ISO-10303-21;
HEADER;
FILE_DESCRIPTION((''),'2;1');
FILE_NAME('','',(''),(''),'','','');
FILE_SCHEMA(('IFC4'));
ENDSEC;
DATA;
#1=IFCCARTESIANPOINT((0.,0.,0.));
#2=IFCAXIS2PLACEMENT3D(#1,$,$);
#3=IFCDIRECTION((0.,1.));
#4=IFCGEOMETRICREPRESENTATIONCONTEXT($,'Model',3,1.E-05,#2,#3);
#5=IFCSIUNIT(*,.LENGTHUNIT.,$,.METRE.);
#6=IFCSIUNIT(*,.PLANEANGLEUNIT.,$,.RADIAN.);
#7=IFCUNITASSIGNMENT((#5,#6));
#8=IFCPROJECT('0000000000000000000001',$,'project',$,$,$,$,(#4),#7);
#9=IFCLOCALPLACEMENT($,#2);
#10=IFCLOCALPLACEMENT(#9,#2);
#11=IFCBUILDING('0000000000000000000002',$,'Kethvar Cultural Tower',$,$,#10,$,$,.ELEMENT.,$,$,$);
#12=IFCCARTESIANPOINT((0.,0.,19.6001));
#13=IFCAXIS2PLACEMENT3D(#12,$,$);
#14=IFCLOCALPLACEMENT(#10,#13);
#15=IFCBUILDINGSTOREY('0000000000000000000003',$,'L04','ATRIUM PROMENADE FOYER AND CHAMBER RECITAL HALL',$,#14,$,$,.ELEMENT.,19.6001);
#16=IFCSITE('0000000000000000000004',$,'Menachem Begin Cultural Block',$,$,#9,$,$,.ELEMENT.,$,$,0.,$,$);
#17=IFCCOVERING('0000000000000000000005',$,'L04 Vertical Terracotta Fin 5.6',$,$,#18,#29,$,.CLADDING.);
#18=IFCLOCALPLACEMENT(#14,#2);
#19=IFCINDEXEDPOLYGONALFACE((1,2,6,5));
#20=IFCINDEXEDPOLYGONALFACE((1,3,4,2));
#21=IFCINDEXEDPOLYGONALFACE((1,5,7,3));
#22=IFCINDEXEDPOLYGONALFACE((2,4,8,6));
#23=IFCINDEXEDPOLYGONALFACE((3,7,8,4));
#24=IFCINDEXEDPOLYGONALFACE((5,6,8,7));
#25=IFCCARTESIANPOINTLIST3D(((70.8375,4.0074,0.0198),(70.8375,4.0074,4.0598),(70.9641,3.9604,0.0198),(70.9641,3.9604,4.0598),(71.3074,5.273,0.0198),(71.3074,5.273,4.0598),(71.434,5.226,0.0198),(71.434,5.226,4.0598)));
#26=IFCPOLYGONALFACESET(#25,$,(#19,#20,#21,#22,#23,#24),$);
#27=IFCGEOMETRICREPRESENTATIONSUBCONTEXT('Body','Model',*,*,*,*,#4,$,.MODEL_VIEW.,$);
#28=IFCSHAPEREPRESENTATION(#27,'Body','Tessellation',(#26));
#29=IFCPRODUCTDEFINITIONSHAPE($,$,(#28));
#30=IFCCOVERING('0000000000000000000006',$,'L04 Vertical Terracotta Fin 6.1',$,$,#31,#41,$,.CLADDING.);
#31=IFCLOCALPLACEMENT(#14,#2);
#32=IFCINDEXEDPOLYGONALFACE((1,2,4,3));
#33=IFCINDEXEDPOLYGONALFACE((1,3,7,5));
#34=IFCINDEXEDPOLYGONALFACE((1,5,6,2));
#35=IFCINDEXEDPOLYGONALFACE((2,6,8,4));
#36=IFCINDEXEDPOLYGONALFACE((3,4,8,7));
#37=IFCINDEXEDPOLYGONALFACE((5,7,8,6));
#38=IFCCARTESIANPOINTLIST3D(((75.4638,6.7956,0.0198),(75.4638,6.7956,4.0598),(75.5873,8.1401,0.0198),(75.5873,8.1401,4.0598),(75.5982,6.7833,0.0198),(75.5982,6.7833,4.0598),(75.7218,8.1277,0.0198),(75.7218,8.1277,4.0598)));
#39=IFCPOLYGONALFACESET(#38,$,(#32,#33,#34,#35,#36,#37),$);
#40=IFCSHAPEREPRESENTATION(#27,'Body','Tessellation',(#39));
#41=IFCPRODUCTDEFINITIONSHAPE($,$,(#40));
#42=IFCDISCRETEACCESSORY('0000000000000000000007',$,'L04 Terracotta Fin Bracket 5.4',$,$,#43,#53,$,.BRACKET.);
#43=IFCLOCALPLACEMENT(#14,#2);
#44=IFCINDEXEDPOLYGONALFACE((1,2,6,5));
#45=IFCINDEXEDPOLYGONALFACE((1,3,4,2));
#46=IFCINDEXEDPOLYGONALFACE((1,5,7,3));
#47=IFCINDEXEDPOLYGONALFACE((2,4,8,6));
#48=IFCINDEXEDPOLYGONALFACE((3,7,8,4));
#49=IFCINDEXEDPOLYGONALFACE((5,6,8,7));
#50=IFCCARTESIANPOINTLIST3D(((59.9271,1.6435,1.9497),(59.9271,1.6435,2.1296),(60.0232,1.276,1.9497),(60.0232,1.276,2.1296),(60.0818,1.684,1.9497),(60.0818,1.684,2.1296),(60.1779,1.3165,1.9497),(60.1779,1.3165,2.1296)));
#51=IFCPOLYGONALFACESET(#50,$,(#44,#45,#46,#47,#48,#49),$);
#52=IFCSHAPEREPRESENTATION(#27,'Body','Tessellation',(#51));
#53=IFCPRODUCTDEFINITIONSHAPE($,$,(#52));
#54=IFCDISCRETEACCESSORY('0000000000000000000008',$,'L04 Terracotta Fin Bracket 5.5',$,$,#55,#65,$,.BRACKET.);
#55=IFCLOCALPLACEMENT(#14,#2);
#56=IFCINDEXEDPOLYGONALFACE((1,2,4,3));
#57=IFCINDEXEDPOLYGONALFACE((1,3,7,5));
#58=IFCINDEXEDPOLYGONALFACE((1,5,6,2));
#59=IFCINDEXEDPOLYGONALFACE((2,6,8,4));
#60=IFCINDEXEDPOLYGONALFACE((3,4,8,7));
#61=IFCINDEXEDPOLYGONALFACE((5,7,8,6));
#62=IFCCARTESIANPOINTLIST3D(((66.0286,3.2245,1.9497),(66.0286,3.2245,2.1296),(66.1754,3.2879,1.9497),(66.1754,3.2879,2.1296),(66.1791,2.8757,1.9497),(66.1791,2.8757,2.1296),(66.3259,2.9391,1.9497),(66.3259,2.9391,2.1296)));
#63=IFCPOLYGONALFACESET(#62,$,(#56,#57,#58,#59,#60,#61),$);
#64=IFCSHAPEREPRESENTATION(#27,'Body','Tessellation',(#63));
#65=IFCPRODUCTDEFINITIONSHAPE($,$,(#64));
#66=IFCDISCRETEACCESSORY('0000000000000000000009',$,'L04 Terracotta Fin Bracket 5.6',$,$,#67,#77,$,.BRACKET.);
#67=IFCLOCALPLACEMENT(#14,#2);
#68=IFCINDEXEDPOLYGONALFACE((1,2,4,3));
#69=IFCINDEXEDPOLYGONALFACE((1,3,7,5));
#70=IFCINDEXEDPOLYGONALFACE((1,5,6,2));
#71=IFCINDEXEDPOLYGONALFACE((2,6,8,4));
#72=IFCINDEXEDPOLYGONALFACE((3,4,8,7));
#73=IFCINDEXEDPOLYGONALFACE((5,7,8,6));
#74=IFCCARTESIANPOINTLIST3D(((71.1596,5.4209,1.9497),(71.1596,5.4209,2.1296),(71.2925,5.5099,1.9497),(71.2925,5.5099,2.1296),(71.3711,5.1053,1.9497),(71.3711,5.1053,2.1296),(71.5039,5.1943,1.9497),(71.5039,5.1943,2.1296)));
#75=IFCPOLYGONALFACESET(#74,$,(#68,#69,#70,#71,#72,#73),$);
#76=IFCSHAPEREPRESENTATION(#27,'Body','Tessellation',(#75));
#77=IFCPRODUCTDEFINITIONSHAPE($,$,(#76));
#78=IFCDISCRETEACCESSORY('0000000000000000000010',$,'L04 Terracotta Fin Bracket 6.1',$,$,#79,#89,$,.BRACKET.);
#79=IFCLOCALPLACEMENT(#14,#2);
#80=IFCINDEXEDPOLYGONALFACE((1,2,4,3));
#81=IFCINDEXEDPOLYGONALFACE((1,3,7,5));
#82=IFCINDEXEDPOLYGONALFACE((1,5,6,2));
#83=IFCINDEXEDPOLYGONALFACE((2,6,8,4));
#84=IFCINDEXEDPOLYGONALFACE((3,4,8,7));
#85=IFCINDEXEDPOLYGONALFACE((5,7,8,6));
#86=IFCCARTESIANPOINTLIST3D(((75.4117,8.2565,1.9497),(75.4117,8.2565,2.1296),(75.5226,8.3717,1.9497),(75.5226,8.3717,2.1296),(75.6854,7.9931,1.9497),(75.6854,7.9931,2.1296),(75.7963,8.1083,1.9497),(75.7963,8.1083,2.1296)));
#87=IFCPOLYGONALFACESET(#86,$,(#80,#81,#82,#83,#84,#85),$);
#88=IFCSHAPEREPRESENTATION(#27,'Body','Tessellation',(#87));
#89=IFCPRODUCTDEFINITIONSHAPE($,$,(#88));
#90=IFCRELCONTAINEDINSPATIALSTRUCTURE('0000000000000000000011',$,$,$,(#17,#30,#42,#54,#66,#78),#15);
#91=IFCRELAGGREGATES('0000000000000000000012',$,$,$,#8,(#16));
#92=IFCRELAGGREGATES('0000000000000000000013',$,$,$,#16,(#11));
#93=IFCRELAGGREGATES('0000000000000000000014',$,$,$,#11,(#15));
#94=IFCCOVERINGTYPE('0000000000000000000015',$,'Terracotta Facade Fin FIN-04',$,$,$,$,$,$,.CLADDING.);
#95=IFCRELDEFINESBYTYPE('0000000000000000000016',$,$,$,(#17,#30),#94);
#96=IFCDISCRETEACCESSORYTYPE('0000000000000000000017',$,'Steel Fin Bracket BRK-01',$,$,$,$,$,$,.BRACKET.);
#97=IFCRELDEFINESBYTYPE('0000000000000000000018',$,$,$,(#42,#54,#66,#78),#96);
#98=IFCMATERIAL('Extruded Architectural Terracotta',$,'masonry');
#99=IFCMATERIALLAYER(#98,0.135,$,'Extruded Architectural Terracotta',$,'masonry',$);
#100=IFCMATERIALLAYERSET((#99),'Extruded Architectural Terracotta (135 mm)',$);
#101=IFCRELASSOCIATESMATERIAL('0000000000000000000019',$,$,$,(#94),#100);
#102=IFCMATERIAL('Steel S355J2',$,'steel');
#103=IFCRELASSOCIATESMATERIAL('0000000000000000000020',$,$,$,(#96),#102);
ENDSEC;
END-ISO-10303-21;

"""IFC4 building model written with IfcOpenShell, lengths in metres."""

from ifc_helpers import new_model, si_unit, direction, frame, origin, origin_2d, place, context, subcontext, project, spatial, rectangle, extrude, source, transform, mapped, material, layer, layer_set, type_object, element, save


model = new_model("IFC4")

# Units and contexts
model_context = context("Model", 3, precision=1e-05, world=origin(), true_north=direction((0.0, 1.0)))
body_context = subcontext(model_context, "Body", "Model", "MODEL_VIEW")
ifc_project = project(units=[si_unit("LENGTHUNIT", "METRE"), si_unit("PLANEANGLEUNIT", "RADIAN")], contexts=[model_context])

# Site, building, storey
site_placement = place(None, origin())
site = spatial("IfcSite", under=ifc_project, at=site_placement, Name="Menachem Begin Cultural Block", CompositionType="ELEMENT", RefElevation=0.0)
building_placement = place(site_placement, origin())
building = spatial("IfcBuilding", under=site, at=building_placement, Name="Kethvar Cultural Tower", CompositionType="ELEMENT")
storey_placement = place(building_placement, frame((0.0, 0.0, 19.6001)))
storey = spatial("IfcBuildingStorey", under=building, at=storey_placement, Name="L04", Description="ATRIUM PROMENADE FOYER AND CHAMBER RECITAL HALL", CompositionType="ELEMENT", Elevation=19.6001)

# Shared definitions
ifc_material_1 = material(Name="Steel S355J2", Category="steel")

# Coverings
ifc_material_2 = material(Name="Extruded Architectural Terracotta", Category="masonry")
ifc_layer_1 = layer(ifc_material_2, 0.135, Name="Extruded Architectural Terracotta", Category="masonry")
ifc_layer_set_1 = layer_set([ifc_layer_1], Name="Extruded Architectural Terracotta (135 mm)")
covering_type = type_object("IfcCoveringType", Name="Terracotta Facade Fin FIN-04", PredefinedType="CLADDING", material=ifc_layer_set_1)
shared_shape_1 = source(origin(), body_context, "Body", "SweptSolid", [
    extrude(rectangle(XDim=1.3501, YDim=0.135, at=origin_2d()), origin(), (0.0, 0.0, 1.0), 4.04),
])
for number, where, z_axis, x_axis, name in (
    (1, (71.1357, 4.6167, 0.0198), (0.0, 0.0, 1.0), (-0.348081, -0.937464, 0.0), "L04 Vertical Terracotta Fin 5.6"),
    (2, (75.5928, 7.4617, 0.0198), (0.0, 0.0, 1.0), (-0.091502, -0.995805, 0.0), "L04 Vertical Terracotta Fin 6.1"),
):
    element("IfcCovering", number, at=place(storey_placement, frame(where, z_axis=z_axis, x_axis=x_axis)), inside=storey, type_object=covering_type, Name=name, PredefinedType="CLADDING", context=body_context, shape_type="MappedRepresentation", body=[
        mapped(shared_shape_1, transform((0.0, 0.0, 0.0), scale=1.0)),
    ])

# Discrete accessories
discrete_accessory_type = type_object("IfcDiscreteAccessoryType", Name="Steel Fin Bracket BRK-01", PredefinedType="BRACKET", material=ifc_material_1)
shared_shape_2 = source(origin(), body_context, "Body", "SweptSolid", [
    extrude(rectangle(XDim=0.3799, YDim=0.1599, at=origin_2d()), origin(), (0.0, 0.0, 1.0), 0.1799),
])
for number, where, z_axis, x_axis, name in (
    (3, (60.0525, 1.48, 1.9497), (0.0, 0.0, 1.0), (0.253083, -0.967445, 0.0), "L04 Terracotta Fin Bracket 5.4"),
    (4, (66.1772, 3.0818, 1.9497), (0.0, 0.0, 1.0), (0.396347, -0.918101, 0.0), "L04 Terracotta Fin Bracket 5.5"),
    (5, (71.3318, 5.3076, 1.9497), (0.0, 0.0, 1.0), (0.556586, -0.83079, 0.0), "L04 Terracotta Fin Bracket 5.6"),
    (6, (75.604, 8.1824, 1.9497), (0.0, 0.0, 1.0), (0.720551, -0.693402, 0.0), "L04 Terracotta Fin Bracket 6.1"),
):
    element("IfcDiscreteAccessory", number, at=place(storey_placement, frame(where, z_axis=z_axis, x_axis=x_axis)), inside=storey, type_object=discrete_accessory_type, Name=name, PredefinedType="BRACKET", context=body_context, shape_type="MappedRepresentation", body=[
        mapped(shared_shape_2, transform((0.0, 0.0, 0.0), scale=1.0)),
    ])

save(model, "model.ifc")
